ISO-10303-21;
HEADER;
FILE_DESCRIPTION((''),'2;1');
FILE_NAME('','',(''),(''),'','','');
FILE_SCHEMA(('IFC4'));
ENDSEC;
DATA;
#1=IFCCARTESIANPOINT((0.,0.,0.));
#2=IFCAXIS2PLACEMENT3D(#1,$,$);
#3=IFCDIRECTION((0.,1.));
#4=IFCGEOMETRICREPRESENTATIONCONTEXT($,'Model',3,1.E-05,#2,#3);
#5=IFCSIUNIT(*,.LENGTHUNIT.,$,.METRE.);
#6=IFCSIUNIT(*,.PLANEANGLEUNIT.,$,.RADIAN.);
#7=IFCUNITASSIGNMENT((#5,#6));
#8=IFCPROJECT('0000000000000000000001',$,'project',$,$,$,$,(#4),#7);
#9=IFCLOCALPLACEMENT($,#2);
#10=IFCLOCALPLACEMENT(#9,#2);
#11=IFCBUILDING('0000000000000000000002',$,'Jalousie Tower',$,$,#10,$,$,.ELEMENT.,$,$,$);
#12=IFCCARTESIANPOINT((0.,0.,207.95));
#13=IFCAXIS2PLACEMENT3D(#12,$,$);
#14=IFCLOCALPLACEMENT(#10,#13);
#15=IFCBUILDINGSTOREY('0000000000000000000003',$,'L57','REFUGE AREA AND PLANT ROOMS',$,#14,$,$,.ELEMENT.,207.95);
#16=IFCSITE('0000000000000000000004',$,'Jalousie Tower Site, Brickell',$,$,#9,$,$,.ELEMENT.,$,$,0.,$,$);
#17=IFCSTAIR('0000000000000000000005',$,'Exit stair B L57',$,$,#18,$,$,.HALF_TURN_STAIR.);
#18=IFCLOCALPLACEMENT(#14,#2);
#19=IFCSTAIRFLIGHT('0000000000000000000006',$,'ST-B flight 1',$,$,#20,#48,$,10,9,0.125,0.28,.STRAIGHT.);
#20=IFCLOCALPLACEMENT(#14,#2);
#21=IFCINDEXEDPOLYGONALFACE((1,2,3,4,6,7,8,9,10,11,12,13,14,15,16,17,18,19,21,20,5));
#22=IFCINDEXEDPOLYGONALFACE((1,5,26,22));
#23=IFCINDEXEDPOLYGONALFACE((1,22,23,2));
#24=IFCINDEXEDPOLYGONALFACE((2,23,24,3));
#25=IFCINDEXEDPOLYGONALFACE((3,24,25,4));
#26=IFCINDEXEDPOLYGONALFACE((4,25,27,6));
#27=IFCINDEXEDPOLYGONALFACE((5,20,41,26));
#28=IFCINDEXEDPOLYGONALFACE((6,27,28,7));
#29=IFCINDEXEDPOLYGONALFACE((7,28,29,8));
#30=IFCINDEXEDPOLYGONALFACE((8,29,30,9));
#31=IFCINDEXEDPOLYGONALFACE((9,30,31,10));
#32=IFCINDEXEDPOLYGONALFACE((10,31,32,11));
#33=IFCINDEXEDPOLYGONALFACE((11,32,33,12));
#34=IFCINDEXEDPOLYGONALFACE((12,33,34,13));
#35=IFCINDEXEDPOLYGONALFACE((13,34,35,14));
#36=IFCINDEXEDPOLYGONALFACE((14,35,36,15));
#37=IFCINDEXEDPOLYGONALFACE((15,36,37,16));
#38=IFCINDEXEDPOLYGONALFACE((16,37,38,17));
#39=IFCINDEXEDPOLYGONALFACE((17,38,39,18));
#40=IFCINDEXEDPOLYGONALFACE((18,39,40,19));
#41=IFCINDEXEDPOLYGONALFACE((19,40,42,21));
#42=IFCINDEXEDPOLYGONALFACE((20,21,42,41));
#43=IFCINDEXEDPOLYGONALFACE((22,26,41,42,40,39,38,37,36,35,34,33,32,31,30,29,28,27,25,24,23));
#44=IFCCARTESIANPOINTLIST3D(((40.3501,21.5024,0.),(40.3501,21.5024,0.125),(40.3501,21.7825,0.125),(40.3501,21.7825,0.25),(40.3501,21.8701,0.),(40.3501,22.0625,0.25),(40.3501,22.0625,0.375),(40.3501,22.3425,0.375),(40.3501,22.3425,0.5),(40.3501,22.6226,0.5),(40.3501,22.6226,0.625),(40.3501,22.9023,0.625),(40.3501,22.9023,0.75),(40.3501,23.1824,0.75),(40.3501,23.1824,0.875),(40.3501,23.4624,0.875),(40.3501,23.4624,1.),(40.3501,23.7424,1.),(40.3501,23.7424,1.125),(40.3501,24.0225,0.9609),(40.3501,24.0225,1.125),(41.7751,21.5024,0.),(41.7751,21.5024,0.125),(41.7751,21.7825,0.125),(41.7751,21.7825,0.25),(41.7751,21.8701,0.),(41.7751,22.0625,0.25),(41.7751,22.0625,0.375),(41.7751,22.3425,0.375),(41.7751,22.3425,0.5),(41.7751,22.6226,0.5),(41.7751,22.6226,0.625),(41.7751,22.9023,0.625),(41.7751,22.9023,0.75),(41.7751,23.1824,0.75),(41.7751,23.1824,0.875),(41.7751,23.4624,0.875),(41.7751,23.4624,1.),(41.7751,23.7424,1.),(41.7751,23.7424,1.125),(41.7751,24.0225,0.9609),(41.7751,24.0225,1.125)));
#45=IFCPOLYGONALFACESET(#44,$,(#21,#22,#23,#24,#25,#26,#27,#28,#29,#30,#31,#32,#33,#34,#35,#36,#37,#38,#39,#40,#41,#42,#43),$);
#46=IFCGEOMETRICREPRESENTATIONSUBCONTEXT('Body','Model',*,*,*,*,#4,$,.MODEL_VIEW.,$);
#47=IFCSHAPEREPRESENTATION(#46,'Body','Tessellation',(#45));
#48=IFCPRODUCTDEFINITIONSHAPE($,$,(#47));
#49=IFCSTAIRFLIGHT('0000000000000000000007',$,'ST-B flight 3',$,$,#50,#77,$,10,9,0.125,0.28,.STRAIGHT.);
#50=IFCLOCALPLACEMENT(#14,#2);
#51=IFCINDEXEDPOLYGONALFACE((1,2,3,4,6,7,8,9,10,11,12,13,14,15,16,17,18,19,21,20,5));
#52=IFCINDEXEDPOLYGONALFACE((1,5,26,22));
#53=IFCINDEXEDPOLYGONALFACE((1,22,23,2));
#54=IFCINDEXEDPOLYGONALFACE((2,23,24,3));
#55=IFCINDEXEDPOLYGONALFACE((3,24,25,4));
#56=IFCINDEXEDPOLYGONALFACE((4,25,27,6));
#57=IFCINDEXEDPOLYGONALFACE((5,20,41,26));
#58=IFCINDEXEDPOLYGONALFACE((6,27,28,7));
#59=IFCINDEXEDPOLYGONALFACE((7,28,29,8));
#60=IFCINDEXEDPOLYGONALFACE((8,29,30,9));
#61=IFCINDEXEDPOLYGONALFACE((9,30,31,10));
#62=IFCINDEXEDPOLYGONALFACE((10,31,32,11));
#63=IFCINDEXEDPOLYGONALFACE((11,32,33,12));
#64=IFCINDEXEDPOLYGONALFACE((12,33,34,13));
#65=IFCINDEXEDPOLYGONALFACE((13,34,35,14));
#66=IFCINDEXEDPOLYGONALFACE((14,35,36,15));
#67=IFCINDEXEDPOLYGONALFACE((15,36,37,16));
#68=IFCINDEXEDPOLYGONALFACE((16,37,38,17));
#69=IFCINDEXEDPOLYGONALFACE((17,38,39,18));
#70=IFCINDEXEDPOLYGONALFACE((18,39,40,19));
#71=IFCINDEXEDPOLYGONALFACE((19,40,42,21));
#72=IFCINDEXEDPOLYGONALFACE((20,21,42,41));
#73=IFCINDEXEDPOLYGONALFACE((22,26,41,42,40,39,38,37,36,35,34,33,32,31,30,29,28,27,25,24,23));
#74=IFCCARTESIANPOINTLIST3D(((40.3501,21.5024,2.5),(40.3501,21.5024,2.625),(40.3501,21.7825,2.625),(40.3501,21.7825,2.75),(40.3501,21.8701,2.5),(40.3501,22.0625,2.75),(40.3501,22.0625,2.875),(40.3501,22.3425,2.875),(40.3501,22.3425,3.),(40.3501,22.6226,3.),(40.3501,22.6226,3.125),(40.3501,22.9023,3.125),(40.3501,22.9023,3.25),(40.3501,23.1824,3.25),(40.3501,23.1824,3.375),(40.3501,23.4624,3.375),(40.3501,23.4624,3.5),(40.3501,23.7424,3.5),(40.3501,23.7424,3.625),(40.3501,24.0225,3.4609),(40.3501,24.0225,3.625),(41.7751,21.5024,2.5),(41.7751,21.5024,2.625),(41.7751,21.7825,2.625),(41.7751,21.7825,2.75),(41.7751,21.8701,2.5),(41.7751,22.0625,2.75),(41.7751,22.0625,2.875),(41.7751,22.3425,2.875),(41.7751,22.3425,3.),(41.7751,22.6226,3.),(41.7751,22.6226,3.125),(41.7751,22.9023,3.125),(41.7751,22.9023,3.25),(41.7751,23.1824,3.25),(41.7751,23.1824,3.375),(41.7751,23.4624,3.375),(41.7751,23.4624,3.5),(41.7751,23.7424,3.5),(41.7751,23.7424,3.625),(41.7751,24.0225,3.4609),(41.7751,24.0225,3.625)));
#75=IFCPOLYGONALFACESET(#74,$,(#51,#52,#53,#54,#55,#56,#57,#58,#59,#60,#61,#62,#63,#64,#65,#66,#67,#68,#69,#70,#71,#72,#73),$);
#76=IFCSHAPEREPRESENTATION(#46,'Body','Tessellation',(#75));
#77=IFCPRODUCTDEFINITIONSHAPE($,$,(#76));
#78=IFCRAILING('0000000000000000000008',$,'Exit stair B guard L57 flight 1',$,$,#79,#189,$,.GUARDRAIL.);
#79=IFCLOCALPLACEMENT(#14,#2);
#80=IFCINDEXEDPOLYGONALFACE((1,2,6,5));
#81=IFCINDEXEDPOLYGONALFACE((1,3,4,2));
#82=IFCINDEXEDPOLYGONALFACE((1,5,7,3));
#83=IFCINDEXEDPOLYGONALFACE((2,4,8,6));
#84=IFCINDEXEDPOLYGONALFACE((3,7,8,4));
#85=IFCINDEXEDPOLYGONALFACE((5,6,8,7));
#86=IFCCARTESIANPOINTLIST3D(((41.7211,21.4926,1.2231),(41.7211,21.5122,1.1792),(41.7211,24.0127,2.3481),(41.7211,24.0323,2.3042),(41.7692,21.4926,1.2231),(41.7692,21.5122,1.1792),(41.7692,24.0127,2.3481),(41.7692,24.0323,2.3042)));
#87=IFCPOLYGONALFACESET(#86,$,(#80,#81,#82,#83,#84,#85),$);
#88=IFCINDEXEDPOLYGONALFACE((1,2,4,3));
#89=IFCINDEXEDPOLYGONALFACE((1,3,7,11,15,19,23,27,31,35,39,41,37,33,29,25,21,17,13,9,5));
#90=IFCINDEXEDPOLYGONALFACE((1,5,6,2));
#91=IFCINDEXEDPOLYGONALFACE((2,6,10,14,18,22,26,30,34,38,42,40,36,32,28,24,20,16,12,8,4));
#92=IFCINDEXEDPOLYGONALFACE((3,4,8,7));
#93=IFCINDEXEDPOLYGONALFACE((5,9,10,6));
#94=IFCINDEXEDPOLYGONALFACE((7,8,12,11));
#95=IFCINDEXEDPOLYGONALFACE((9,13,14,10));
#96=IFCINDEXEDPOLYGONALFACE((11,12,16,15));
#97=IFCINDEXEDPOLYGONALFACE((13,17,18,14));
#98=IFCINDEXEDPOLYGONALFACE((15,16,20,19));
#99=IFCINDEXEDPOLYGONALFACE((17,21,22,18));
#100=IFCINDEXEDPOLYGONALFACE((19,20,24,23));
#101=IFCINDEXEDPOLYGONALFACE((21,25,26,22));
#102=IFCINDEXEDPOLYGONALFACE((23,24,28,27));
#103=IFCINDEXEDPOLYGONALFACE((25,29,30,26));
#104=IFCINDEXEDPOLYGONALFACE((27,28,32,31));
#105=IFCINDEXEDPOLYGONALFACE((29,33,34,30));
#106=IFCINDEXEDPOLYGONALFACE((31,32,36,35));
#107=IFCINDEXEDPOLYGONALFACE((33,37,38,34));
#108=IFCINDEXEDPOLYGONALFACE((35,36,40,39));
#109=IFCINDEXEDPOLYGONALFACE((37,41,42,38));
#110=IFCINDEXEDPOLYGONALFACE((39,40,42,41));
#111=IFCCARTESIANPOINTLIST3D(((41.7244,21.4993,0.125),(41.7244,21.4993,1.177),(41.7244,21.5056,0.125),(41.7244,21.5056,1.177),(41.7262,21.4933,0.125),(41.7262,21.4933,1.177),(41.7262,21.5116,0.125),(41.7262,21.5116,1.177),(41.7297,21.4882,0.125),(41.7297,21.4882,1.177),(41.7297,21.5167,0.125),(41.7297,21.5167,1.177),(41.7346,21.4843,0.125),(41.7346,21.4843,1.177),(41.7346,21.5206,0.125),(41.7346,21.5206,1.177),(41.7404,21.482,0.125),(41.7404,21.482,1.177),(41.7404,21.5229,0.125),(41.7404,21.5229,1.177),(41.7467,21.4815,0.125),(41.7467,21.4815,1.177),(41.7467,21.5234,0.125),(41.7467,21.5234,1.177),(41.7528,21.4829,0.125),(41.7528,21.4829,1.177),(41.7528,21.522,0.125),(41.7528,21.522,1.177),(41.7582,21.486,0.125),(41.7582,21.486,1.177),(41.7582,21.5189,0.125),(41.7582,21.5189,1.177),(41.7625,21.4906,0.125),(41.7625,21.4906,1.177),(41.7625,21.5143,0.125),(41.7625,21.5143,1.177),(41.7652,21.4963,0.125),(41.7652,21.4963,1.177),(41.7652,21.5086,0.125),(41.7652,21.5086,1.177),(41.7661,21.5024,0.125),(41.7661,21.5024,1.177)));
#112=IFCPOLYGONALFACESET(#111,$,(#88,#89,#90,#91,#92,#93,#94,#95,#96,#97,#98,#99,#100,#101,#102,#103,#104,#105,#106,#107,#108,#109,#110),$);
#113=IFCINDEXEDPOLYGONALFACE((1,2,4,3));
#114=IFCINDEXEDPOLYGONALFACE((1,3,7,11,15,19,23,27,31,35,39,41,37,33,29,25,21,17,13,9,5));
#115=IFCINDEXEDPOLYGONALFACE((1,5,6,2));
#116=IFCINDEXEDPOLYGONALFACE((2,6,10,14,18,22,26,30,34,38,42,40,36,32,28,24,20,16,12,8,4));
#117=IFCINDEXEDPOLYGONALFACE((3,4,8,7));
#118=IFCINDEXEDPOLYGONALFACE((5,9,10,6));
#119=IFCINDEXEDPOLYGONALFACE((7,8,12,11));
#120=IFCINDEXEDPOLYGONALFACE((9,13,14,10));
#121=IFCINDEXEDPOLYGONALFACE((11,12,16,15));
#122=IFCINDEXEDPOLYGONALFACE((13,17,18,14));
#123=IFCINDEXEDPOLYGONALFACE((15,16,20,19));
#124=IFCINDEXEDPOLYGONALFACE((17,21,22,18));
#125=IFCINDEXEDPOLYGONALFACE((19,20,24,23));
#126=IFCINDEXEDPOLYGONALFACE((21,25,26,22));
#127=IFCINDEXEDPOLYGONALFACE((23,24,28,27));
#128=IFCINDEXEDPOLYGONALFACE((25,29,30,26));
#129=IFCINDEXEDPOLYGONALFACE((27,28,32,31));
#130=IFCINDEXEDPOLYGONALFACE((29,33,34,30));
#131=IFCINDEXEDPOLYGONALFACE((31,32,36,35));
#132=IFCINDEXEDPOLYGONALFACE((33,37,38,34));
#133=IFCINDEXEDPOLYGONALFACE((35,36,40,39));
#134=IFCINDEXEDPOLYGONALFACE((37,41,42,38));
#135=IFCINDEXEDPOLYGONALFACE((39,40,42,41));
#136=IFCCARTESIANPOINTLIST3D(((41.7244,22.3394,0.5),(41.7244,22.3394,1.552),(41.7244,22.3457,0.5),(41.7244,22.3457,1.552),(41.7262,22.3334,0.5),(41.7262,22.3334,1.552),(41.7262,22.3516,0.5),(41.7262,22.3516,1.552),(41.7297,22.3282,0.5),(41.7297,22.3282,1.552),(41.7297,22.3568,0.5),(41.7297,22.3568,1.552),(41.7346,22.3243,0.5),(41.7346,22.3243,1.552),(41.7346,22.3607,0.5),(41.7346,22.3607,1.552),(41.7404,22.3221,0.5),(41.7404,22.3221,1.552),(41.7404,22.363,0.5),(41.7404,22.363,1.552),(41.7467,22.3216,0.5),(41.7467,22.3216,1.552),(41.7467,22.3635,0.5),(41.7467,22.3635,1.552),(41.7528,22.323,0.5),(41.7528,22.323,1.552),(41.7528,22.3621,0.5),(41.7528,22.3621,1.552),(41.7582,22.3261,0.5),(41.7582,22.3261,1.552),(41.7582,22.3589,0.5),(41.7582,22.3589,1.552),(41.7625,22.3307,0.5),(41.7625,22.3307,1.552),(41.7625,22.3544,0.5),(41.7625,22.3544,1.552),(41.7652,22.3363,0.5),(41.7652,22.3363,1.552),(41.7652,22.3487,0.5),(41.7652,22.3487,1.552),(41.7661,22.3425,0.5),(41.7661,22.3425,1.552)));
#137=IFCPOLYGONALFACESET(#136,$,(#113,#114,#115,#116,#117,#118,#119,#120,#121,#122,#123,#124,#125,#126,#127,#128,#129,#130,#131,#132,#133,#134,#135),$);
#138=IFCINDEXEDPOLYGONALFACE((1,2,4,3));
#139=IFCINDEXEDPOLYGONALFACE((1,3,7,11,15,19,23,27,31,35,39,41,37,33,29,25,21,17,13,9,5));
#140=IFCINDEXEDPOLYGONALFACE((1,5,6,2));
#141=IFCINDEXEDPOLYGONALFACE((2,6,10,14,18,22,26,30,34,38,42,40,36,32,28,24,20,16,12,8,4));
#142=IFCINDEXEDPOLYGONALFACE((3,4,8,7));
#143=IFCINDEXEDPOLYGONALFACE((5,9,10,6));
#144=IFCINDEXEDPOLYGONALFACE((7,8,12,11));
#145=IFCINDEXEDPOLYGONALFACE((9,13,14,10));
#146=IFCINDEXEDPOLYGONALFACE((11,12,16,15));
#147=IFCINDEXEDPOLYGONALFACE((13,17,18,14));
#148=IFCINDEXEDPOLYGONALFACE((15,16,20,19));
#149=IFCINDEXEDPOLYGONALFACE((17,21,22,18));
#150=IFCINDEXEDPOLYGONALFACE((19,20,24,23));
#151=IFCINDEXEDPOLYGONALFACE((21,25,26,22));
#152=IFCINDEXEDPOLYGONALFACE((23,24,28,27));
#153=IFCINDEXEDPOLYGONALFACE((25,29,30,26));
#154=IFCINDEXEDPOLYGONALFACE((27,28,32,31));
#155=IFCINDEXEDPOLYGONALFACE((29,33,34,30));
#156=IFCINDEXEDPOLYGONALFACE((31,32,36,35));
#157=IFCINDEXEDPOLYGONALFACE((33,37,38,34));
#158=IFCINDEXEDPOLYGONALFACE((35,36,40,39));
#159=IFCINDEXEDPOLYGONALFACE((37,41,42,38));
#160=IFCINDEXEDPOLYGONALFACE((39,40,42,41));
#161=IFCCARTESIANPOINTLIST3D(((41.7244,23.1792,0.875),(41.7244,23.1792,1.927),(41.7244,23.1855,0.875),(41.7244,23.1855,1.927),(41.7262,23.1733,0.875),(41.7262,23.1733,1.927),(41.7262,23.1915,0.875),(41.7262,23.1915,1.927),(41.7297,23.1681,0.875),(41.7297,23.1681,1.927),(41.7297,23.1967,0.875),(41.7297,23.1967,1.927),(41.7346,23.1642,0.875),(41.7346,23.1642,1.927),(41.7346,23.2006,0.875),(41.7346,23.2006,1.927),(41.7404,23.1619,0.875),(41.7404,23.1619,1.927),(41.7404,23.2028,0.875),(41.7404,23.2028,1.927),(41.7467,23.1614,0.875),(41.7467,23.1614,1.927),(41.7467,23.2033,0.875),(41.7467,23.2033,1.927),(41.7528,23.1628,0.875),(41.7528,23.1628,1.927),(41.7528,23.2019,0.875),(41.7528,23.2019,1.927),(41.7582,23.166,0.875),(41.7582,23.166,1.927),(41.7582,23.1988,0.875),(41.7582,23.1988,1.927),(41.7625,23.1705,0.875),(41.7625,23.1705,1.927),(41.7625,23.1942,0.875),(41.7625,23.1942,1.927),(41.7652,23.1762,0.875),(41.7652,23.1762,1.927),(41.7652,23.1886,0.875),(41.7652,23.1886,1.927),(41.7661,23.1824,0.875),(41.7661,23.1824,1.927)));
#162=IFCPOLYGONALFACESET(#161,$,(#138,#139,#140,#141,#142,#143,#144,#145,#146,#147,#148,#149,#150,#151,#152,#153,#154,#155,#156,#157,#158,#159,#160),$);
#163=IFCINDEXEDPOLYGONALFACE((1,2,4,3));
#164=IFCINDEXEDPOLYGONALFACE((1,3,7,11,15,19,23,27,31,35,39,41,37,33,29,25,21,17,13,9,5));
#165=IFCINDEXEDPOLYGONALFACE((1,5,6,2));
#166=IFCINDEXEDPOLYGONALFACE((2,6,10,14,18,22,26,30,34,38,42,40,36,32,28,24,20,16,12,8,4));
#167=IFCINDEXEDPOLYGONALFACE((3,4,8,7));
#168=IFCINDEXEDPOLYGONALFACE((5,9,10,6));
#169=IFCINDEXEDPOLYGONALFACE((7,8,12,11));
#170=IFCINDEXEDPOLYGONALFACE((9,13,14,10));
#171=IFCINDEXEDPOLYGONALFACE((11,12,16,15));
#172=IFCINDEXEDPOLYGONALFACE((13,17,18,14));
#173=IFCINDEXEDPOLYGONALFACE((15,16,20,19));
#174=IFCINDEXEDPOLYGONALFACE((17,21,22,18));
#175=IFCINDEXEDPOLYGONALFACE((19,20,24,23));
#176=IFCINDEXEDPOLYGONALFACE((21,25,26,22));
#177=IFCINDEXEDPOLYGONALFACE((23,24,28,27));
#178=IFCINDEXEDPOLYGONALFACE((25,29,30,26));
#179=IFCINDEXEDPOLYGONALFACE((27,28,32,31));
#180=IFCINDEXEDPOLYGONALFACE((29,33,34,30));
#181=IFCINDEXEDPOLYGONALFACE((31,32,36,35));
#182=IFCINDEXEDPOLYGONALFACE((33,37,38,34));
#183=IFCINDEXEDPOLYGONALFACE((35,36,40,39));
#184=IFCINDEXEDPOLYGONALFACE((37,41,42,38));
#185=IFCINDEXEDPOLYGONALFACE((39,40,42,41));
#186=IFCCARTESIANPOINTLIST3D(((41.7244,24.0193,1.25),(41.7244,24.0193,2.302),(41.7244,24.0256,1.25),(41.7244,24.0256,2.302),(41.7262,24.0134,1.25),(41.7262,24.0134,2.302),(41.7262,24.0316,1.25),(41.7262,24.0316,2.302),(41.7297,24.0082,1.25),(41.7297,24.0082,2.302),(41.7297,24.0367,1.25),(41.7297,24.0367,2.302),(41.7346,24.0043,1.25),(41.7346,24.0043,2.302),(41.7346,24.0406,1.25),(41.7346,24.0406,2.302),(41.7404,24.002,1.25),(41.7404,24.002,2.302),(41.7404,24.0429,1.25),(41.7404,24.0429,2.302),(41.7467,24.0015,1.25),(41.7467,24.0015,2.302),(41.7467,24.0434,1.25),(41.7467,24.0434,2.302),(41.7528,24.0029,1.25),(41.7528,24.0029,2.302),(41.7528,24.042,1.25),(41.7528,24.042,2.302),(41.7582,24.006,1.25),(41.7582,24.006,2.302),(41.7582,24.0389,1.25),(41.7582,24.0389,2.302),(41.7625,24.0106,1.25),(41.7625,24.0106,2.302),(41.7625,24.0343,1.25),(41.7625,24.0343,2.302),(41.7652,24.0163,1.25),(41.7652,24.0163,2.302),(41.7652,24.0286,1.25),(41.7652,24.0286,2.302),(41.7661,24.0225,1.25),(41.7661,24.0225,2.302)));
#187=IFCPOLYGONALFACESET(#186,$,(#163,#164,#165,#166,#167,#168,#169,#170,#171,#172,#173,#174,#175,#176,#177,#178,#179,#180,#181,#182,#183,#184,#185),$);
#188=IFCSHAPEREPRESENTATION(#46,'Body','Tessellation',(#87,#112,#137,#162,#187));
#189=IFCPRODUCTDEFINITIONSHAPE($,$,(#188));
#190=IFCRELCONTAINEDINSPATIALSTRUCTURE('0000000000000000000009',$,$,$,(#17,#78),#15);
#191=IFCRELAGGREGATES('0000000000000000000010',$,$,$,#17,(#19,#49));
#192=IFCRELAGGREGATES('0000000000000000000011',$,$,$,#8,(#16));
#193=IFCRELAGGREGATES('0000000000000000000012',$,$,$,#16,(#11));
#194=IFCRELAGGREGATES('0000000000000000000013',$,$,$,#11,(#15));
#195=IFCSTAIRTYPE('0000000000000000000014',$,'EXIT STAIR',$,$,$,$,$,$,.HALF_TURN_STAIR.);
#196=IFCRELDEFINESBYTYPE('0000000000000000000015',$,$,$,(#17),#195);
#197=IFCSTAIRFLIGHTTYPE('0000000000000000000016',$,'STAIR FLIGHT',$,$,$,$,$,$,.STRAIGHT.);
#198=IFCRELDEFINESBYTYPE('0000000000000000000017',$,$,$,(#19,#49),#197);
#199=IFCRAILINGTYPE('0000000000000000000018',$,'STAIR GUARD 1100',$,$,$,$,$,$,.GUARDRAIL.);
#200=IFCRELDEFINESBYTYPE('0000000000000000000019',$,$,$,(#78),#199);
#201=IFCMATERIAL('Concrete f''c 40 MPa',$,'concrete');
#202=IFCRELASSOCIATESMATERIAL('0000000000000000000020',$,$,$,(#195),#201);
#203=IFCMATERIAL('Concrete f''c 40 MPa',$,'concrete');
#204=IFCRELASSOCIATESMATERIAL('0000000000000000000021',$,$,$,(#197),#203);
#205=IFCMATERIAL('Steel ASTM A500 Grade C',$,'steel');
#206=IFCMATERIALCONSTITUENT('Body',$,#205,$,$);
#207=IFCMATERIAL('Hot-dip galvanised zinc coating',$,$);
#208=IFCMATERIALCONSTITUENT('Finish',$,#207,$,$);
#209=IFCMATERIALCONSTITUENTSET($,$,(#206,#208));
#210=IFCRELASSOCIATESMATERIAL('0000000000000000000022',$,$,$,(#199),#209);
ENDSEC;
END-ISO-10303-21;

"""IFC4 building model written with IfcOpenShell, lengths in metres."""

from ifc_helpers import new_model, si_unit, direction, frame, origin, origin_2d, place, context, subcontext, project, spatial, polyline, rectangle, circle, outline, extrude, material, constituent, constituent_set, type_object, element, aggregate, save


model = new_model("IFC4")

# Units and contexts
model_context = context("Model", 3, precision=1e-05, world=origin(), true_north=direction((0.0, 1.0)))
body_context = subcontext(model_context, "Body", "Model", "MODEL_VIEW")
ifc_project = project(units=[si_unit("LENGTHUNIT", "METRE"), si_unit("PLANEANGLEUNIT", "RADIAN")], contexts=[model_context])

# Site, building, storey
site_placement = place(None, origin())
site = spatial("IfcSite", under=ifc_project, at=site_placement, Name="Jalousie Tower Site, Brickell", CompositionType="ELEMENT", RefElevation=0.0)
building_placement = place(site_placement, origin())
building = spatial("IfcBuilding", under=site, at=building_placement, Name="Jalousie Tower", CompositionType="ELEMENT")
storey_placement = place(building_placement, frame((0.0, 0.0, 207.95)))
storey = spatial("IfcBuildingStorey", under=building, at=storey_placement, Name="L57", Description="REFUGE AREA AND PLANT ROOMS", CompositionType="ELEMENT", Elevation=207.95)

# Stair, stair flights
ifc_material_1 = material(Name="Concrete f'c 40 MPa", Category="concrete")
stair_type = type_object("IfcStairType", Name="EXIT STAIR", PredefinedType="HALF_TURN_STAIR", material=ifc_material_1)
stair_placement = place(storey_placement, origin())
stair = element("IfcStair", 1, at=stair_placement, inside=storey, type_object=stair_type, Name="Exit stair B L57", PredefinedType="HALF_TURN_STAIR")
ifc_material_2 = material(Name="Concrete f'c 40 MPa", Category="concrete")
stair_flight_type = type_object("IfcStairFlightType", Name="STAIR FLIGHT", PredefinedType="STRAIGHT", material=ifc_material_2)
stair_flight_1_placement = place(storey_placement, frame((41.0625, 21.5024, 0.0), z_axis=(0.0, 0.0, 1.0), x_axis=(0.0, 1.0, 0.0)))
stair_flight_1 = element("IfcStairFlight", 2, at=stair_flight_1_placement, type_object=stair_flight_type, Name="ST-B flight 1", NumberOfRisers=10, NumberOfTreads=9, PredefinedType="STRAIGHT", RiserHeight=0.125, TreadLength=0.28, context=body_context, shape_type="SweptSolid", body=[
    extrude(outline(polyline([(0.0, 0.0), (0.0, 0.125), (0.28, 0.125), (0.28, 0.25), (0.5601, 0.25), (0.5601, 0.375), (0.8401, 0.375), (0.8401, 0.5), (1.1201, 0.5), (1.1201, 0.625), (1.3999, 0.625), (1.3999, 0.75), (1.6799, 0.75), (1.6799, 0.875), (1.96, 0.875), (1.96, 1.0), (2.24, 1.0), (2.24, 1.125), (2.52, 1.125), (2.52, 1.25), (2.52, 0.9609), (0.3677, 0.0), (0.0, 0.0)])), frame((0.0, 0.7124, 0.0), z_axis=(0.0, -1.0, 0.0), x_axis=(1.0, 0.0, 0.0)), (0.0, 0.0, 1.0), 1.425),
])
stair_flight_2_placement = place(storey_placement, frame((41.0625, 21.5024, 2.5), z_axis=(0.0, 0.0, 1.0), x_axis=(0.0, 1.0, 0.0)))
stair_flight_2 = element("IfcStairFlight", 3, at=stair_flight_2_placement, type_object=stair_flight_type, Name="ST-B flight 3", NumberOfRisers=10, NumberOfTreads=9, PredefinedType="STRAIGHT", RiserHeight=0.125, TreadLength=0.28, context=body_context, shape_type="SweptSolid", body=[
    extrude(outline(polyline([(0.0, 0.0), (0.0, 0.125), (0.28, 0.125), (0.28, 0.25), (0.5601, 0.25), (0.5601, 0.375), (0.8401, 0.375), (0.8401, 0.5), (1.1201, 0.5), (1.1201, 0.625), (1.3999, 0.625), (1.3999, 0.75), (1.6799, 0.75), (1.6799, 0.875), (1.96, 0.875), (1.96, 1.0), (2.24, 1.0), (2.24, 1.125), (2.52, 1.125), (2.52, 1.25), (2.52, 0.9609), (0.3677, 0.0), (0.0, 0.0)])), frame((0.0, 0.7124, 0.0), z_axis=(0.0, -1.0, 0.0), x_axis=(1.0, 0.0, 0.0)), (0.0, 0.0, 1.0), 1.425),
])
aggregate(stair, [stair_flight_1, stair_flight_2])

# Railing
ifc_material_3 = material(Name="Steel ASTM A500 Grade C", Category="steel")
ifc_constituent_1 = constituent(ifc_material_3, Name="Body")
ifc_material_4 = material(Name="Hot-dip galvanised zinc coating")
ifc_constituent_2 = constituent(ifc_material_4, Name="Finish")
ifc_constituent_set_1 = constituent_set(constituents=[ifc_constituent_1, ifc_constituent_2])
railing_type_1 = type_object("IfcRailingType", Name="STAIR GUARD 1100", PredefinedType="GUARDRAIL", material=ifc_constituent_set_1)
railing_1_placement = place(storey_placement, frame((41.7451, 21.5024, 0.125)))
element("IfcRailing", 4, at=railing_1_placement, inside=storey, type_object=railing_type_1, Name="Exit stair B guard L57 flight 1", PredefinedType="GUARDRAIL", context=body_context, shape_type="SweptSolid", body=[
    extrude(rectangle(XDim=0.0481, YDim=0.0481, at=origin_2d()), frame((0.0, 0.0, 1.0762), z_axis=(0.0, 0.913139, 0.407648), x_axis=(-1.0, 0.0, 0.0)), (0.0, 0.0, 1.0), 2.7598),
    extrude(circle(Radius=0.021, at=origin_2d()), origin(), (0.0, 0.0, 1.0), 1.052),
    extrude(circle(Radius=0.021, at=origin_2d()), frame((0.0, 0.8401, 0.375)), (0.0, 0.0, 1.0), 1.052),
    extrude(circle(Radius=0.021, at=origin_2d()), frame((0.0, 1.6799, 0.75)), (0.0, 0.0, 1.0), 1.052),
    extrude(circle(Radius=0.021, at=origin_2d()), frame((0.0, 2.52, 1.125)), (0.0, 0.0, 1.0), 1.052),
])

save(model, "model.ifc")
